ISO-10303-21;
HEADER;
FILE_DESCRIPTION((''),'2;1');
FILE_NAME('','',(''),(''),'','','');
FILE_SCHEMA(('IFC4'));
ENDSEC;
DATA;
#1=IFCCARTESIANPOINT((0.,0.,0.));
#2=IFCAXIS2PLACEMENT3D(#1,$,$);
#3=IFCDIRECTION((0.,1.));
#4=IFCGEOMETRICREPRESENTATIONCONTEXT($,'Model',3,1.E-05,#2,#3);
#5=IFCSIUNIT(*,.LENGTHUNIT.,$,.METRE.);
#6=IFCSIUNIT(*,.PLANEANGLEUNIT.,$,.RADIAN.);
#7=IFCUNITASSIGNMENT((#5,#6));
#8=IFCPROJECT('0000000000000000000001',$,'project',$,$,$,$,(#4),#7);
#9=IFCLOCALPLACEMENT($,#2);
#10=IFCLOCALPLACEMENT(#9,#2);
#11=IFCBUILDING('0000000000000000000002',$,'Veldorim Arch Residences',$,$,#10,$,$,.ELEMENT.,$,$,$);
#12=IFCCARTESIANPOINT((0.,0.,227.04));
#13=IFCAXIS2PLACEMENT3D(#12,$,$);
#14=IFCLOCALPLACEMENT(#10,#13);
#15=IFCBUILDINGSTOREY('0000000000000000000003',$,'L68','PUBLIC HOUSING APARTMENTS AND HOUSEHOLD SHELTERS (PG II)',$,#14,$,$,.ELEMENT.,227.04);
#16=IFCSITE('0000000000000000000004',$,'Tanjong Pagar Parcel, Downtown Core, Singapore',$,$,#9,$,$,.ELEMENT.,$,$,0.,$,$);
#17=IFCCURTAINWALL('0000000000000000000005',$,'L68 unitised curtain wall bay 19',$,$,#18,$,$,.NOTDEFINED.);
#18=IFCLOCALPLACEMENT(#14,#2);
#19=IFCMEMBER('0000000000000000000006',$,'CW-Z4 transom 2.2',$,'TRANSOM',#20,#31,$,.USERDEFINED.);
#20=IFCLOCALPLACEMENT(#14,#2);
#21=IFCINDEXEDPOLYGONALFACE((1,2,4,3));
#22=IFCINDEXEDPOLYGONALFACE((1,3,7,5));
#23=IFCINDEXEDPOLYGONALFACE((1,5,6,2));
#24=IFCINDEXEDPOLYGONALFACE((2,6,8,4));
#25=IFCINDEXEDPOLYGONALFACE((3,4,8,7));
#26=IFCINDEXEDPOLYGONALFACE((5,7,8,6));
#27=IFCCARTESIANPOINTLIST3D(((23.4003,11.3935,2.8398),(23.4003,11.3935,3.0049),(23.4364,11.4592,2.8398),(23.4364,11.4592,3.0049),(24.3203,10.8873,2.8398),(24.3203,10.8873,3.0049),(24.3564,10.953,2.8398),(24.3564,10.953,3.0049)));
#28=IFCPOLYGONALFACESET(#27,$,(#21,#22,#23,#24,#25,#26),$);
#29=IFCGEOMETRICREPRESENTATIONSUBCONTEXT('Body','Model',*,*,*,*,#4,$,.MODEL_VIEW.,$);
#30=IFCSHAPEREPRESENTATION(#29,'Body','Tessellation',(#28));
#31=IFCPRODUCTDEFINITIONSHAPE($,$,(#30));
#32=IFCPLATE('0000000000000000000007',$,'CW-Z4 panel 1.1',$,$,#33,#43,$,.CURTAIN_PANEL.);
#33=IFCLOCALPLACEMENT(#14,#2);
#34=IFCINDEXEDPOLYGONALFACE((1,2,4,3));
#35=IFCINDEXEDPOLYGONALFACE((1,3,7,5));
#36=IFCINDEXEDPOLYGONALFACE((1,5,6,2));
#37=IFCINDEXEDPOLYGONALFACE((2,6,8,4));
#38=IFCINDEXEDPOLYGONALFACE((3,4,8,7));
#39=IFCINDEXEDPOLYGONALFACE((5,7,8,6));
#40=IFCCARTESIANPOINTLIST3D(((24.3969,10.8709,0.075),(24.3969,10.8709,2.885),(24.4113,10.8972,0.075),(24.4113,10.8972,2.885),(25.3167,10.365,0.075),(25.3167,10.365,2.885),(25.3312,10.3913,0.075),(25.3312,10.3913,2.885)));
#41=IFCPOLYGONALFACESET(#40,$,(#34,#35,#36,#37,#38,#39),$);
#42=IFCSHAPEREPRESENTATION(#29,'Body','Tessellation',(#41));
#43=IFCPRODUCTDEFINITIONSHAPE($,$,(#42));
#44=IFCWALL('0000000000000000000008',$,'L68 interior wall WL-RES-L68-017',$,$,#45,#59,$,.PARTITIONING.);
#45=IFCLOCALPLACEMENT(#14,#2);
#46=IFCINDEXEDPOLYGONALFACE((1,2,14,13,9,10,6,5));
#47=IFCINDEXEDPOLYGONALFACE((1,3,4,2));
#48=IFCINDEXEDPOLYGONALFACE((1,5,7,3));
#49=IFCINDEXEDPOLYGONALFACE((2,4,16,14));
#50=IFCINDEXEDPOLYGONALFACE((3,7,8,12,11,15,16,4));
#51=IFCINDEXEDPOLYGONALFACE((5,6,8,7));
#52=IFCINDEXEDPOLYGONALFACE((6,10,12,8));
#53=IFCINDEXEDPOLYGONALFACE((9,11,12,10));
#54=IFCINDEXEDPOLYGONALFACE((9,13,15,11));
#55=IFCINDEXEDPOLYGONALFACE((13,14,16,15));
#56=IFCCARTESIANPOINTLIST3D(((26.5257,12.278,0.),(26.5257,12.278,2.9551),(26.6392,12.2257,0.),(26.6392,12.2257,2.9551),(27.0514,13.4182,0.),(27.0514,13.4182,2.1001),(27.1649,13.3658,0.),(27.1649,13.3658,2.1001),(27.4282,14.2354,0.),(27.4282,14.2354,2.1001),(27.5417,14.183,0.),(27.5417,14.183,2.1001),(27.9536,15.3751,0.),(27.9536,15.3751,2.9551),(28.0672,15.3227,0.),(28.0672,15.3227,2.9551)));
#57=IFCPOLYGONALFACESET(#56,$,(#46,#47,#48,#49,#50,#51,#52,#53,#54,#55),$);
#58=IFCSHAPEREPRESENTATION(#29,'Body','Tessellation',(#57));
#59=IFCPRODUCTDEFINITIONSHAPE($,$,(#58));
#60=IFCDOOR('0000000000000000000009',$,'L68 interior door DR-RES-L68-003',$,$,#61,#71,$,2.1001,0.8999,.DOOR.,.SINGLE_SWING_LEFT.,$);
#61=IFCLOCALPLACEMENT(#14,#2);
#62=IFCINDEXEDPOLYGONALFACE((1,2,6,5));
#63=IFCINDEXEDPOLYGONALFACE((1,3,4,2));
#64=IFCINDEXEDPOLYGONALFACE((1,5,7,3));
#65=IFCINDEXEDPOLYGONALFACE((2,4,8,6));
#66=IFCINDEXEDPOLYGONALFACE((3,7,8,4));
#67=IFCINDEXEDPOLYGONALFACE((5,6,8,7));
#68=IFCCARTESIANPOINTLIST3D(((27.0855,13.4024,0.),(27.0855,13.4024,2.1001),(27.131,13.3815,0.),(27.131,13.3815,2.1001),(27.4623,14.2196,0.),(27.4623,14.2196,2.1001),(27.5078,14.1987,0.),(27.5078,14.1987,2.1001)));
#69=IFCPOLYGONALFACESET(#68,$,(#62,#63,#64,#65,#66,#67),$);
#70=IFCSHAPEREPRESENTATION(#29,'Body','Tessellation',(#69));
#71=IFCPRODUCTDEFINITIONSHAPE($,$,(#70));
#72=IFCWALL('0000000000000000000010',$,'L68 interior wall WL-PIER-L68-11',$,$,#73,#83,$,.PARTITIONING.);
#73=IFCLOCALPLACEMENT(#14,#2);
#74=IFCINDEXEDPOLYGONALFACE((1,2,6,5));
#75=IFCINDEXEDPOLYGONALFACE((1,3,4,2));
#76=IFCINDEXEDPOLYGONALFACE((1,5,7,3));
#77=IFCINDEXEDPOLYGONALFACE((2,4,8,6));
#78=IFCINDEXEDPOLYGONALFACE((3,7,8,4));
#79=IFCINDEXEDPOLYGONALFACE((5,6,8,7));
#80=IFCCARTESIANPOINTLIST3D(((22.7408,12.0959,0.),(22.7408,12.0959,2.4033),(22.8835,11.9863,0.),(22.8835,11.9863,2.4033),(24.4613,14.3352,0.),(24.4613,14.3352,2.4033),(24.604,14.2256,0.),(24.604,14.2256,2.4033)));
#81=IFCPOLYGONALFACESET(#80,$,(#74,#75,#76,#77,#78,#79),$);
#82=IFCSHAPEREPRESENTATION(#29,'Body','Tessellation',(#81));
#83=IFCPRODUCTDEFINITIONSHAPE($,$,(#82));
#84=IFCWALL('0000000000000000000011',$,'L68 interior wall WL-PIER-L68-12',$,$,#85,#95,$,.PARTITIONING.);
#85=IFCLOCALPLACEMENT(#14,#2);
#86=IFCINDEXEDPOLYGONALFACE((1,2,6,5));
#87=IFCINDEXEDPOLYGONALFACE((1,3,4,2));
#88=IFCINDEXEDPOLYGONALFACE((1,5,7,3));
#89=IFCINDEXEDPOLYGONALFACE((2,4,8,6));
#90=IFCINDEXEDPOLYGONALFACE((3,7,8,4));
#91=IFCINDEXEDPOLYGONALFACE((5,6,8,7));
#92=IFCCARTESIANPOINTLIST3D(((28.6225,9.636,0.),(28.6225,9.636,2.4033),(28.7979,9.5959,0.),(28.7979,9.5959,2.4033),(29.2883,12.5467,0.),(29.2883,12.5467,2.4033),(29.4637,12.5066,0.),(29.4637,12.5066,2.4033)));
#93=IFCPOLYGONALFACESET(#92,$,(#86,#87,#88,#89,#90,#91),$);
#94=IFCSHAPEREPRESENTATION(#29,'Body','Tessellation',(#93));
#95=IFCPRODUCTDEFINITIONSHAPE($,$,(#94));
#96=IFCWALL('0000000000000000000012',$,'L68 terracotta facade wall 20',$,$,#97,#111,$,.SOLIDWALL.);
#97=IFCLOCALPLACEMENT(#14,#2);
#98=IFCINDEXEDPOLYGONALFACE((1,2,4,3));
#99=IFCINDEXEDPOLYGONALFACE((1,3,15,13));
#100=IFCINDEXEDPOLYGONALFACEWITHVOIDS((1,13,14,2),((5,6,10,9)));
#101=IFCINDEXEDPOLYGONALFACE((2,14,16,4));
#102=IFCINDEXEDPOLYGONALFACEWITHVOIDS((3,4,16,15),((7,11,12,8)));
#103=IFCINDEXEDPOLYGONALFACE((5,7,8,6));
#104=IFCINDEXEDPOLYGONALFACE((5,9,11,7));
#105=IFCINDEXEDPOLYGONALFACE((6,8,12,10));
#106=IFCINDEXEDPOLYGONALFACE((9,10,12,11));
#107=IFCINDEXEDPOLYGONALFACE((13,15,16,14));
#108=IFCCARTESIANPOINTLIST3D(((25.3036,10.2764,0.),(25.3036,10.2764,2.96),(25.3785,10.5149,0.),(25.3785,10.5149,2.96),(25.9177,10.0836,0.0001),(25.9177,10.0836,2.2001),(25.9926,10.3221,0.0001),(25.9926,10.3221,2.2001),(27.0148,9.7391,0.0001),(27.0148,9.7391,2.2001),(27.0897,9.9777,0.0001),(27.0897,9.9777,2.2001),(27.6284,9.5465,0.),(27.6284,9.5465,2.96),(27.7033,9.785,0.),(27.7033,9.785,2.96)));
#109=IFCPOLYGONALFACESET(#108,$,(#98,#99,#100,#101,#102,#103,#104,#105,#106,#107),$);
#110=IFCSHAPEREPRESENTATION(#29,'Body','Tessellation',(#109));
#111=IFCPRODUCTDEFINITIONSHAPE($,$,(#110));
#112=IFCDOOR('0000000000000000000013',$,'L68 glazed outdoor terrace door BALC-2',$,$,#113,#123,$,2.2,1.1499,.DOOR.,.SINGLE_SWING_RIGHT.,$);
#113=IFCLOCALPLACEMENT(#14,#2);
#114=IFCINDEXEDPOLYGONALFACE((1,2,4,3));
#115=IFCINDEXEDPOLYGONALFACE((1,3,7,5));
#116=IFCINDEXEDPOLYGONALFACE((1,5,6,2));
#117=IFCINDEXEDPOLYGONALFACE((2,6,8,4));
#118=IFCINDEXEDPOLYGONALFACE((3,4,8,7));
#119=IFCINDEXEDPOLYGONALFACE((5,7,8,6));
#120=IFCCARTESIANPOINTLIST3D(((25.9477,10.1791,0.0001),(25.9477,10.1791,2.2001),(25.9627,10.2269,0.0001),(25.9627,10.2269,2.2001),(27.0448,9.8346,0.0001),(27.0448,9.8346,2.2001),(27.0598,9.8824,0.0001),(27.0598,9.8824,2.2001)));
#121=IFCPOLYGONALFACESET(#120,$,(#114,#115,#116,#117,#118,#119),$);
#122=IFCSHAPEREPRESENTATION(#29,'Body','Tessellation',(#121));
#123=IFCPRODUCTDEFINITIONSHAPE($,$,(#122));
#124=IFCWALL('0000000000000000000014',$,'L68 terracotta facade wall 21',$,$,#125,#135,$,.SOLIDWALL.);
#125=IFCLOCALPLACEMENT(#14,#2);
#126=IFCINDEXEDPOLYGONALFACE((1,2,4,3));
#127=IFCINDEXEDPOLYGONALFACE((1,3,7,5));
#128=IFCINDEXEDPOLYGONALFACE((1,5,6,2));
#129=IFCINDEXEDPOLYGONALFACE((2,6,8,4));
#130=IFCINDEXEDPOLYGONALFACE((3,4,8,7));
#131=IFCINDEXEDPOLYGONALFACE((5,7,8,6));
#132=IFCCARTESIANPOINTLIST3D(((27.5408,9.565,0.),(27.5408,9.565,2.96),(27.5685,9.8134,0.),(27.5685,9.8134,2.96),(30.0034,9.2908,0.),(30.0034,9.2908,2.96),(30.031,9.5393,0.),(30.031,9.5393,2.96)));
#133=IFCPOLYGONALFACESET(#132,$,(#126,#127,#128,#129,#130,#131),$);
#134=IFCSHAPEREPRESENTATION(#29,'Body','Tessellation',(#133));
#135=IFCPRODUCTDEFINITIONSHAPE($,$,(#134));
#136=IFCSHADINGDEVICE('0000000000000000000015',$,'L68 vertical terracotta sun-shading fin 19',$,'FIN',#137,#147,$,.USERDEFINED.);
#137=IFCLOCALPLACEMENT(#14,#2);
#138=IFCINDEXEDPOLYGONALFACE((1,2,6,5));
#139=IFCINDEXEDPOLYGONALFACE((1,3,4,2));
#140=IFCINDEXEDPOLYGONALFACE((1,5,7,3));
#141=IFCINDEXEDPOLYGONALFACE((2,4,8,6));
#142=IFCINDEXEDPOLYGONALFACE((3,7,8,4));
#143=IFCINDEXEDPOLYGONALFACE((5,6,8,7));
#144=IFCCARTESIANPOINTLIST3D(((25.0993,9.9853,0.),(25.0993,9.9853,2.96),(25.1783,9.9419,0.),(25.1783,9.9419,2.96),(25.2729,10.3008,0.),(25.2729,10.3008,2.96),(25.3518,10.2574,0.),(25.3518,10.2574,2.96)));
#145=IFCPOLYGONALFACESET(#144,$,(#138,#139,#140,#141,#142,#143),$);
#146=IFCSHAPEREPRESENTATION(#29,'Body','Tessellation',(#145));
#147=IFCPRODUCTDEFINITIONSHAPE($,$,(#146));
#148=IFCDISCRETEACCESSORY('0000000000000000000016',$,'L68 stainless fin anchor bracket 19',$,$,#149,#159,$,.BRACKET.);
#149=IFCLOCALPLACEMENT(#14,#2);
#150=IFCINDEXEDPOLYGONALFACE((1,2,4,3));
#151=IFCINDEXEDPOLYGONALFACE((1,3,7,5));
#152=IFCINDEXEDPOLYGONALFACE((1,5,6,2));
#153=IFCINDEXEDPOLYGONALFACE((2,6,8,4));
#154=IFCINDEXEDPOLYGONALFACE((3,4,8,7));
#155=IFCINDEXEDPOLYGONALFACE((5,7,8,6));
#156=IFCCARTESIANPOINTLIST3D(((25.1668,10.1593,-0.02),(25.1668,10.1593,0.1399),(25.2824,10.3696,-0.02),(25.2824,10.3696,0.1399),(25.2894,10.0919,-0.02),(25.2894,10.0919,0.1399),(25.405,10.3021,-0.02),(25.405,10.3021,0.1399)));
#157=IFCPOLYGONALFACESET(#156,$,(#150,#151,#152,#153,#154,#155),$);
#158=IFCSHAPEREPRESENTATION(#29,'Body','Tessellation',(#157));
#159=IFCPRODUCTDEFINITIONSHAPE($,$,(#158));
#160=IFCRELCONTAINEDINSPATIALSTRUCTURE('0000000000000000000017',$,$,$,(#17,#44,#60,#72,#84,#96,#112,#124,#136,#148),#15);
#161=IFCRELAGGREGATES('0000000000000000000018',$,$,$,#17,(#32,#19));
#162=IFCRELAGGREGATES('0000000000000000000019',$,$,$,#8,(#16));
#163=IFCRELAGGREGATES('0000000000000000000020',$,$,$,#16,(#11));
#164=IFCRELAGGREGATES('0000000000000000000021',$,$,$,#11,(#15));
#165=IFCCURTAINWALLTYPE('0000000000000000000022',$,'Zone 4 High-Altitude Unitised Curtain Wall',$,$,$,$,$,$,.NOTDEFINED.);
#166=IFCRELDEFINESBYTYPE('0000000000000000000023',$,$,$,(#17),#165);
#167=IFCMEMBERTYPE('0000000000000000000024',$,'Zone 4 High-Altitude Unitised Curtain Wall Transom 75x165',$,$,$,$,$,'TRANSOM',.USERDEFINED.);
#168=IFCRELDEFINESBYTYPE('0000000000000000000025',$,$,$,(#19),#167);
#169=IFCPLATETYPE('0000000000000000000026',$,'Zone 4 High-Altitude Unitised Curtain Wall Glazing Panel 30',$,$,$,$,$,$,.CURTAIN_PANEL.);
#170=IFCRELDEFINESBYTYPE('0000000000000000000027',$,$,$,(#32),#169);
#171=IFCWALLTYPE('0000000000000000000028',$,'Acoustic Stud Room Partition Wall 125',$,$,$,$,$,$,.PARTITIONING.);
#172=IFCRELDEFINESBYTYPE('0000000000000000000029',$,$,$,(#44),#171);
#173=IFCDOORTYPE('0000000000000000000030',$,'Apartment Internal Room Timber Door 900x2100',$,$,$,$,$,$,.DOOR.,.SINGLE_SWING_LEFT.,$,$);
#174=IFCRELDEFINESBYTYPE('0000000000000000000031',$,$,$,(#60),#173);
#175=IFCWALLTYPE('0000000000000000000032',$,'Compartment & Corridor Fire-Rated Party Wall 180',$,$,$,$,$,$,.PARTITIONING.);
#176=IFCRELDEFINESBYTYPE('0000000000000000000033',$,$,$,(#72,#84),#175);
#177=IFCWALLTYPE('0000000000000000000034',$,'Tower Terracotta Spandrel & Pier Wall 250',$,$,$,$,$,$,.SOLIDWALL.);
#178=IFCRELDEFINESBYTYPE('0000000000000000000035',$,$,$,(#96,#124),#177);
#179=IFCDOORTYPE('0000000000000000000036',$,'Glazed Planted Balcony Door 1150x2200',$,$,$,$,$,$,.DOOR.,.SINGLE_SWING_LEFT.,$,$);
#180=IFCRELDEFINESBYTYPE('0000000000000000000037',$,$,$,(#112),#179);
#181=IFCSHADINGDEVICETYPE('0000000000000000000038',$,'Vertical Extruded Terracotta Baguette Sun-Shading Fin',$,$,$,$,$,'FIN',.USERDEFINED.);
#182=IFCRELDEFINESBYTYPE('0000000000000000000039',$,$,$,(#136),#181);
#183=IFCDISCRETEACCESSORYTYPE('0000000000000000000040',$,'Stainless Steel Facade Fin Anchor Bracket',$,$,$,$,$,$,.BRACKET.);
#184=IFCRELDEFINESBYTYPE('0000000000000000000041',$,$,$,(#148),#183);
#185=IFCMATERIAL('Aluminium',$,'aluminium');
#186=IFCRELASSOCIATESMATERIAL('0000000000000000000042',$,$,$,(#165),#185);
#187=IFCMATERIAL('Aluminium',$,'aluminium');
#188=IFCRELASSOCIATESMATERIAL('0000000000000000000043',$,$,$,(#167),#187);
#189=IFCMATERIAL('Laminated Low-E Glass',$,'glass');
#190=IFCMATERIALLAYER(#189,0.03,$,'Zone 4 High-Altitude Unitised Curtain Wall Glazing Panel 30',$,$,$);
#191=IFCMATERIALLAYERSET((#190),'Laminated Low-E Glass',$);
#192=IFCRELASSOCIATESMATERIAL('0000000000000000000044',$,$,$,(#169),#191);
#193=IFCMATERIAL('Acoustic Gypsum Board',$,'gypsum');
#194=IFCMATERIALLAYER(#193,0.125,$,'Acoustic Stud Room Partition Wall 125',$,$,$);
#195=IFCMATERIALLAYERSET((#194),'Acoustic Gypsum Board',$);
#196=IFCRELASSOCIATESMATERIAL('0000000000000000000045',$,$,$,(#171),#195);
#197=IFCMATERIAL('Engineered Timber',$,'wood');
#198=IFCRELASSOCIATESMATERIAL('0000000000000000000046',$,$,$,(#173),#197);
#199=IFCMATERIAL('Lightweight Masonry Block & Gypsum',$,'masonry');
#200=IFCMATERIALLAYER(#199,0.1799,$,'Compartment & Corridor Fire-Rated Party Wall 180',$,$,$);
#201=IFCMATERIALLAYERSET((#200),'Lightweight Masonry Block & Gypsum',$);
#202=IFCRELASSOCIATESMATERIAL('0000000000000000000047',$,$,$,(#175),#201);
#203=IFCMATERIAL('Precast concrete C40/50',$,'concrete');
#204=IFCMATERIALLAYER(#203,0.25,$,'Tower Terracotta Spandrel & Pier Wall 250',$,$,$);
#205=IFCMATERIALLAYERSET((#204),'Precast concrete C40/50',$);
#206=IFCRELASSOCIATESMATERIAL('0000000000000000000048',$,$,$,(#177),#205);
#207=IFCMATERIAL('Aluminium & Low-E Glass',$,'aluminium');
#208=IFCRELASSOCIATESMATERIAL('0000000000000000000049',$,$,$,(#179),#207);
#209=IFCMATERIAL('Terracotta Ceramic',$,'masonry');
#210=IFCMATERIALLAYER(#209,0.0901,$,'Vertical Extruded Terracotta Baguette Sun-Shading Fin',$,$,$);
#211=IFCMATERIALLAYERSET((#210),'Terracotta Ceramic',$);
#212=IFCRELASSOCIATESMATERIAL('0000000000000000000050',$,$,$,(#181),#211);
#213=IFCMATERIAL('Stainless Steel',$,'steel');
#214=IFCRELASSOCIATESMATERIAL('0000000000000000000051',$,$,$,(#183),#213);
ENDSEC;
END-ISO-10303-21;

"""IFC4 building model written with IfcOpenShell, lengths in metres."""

from ifc_helpers import new_model, si_unit, direction, frame, frame_2d, origin, origin_2d, place, context, subcontext, project, spatial, rectangle, extrude, material, layer, layer_set, material_profile, profile_set, type_object, element, fill, aggregate, save


model = new_model("IFC4")

# Units and contexts
model_context = context("Model", 3, precision=1e-05, world=origin(), true_north=direction((0.0, 1.0)))
body_context = subcontext(model_context, "Body", "Model", "MODEL_VIEW")
ifc_project = project(units=[si_unit("LENGTHUNIT", "METRE"), si_unit("PLANEANGLEUNIT", "RADIAN")], contexts=[model_context])

# Site, building, storey
site_placement = place(None, origin())
site = spatial("IfcSite", under=ifc_project, at=site_placement, Name="Tanjong Pagar Parcel, Downtown Core, Singapore", CompositionType="ELEMENT", RefElevation=0.0)
building_placement = place(site_placement, origin())
building = spatial("IfcBuilding", under=site, at=building_placement, Name="Veldorim Arch Residences", CompositionType="ELEMENT")
storey_placement = place(building_placement, frame((0.0, 0.0, 227.04)))
storey = spatial("IfcBuildingStorey", under=building, at=storey_placement, Name="L68", Description="PUBLIC HOUSING APARTMENTS AND HOUSEHOLD SHELTERS (PG II)", CompositionType="ELEMENT", Elevation=227.04)

# Curtain wall, member, plate
ifc_material_1 = material(Name="Aluminium", Category="aluminium")
curtain_wall_type = type_object("IfcCurtainWallType", Name="Zone 4 High-Altitude Unitised Curtain Wall", PredefinedType="NOTDEFINED", material=ifc_material_1)
curtain_wall_placement = place(storey_placement, origin())
curtain_wall = element("IfcCurtainWall", 1, at=curtain_wall_placement, inside=storey, type_object=curtain_wall_type, Name="L68 unitised curtain wall bay 19", PredefinedType="NOTDEFINED")
ifc_material_2 = material(Name="Aluminium", Category="aluminium")
ifc_material_profile_1 = material_profile(ifc_material_2, rectangle(XDim=0.075, YDim=0.165, at=origin_2d()), Name="ALU_TRN_75x165")
ifc_profile_set_1 = profile_set([ifc_material_profile_1], Name="Aluminium")
member_type_1 = type_object("IfcMemberType", Name="Zone 4 High-Altitude Unitised Curtain Wall Transom 75x165", ElementType="TRANSOM", PredefinedType="USERDEFINED", material=ifc_profile_set_1)
member_1_placement = place(storey_placement, frame((24.3384, 10.9202, 2.9224), z_axis=(-0.876157, 0.482026, 0.0), x_axis=(-0.482026, -0.876157, 0.0)))
member_1 = element("IfcMember", 2, at=member_1_placement, type_object=member_type_1, Name="CW-Z4 transom 2.2", ObjectType="TRANSOM", PredefinedType="USERDEFINED", context=body_context, shape_type="SweptSolid", body=[
    extrude(rectangle(XDim=0.075, YDim=0.165, at=origin_2d()), origin(), (0.0, 0.0, 1.0), 1.05),
])
ifc_material_3 = material(Name="Laminated Low-E Glass", Category="glass")
ifc_layer_1 = layer(ifc_material_3, 0.03, Name="Zone 4 High-Altitude Unitised Curtain Wall Glazing Panel 30")
ifc_layer_set_1 = layer_set([ifc_layer_1], Name="Laminated Low-E Glass")
plate_type = type_object("IfcPlateType", Name="Zone 4 High-Altitude Unitised Curtain Wall Glazing Panel 30", PredefinedType="CURTAIN_PANEL", material=ifc_layer_set_1)
plate_placement = place(storey_placement, frame((24.864, 10.6311, 0.075), z_axis=(0.0, 0.0, 1.0), x_axis=(-0.876197, 0.481953, 0.0)))
plate = element("IfcPlate", 3, at=plate_placement, type_object=plate_type, Name="CW-Z4 panel 1.1", PredefinedType="CURTAIN_PANEL", context=body_context, shape_type="SweptSolid", body=[
    extrude(rectangle(XDim=1.0498, YDim=0.03, at=origin_2d()), origin(), (0.0, 0.0, 1.0), 2.8101),
])
aggregate(curtain_wall, [plate, member_1])

# Wall, opening, door
ifc_material_4 = material(Name="Acoustic Gypsum Board", Category="gypsum")
ifc_layer_2 = layer(ifc_material_4, 0.125, Name="Acoustic Stud Room Partition Wall 125")
ifc_layer_set_2 = layer_set([ifc_layer_2], Name="Acoustic Gypsum Board")
wall_type_1 = type_object("IfcWallType", Name="Acoustic Stud Room Partition Wall 125", PredefinedType="PARTITIONING", material=ifc_layer_set_2)
wall_1_placement = place(storey_placement, frame((26.5825, 12.252, 0.0), z_axis=(0.0, 0.0, 1.0), x_axis=(0.4187, 0.908125, 0.0)))
wall_1 = element("IfcWall", 4, at=wall_1_placement, inside=storey, type_object=wall_type_1, Name="L68 interior wall WL-RES-L68-017", PredefinedType="PARTITIONING", context=body_context, shape_type="SweptSolid", body=[
    extrude(rectangle(XDim=3.4104, YDim=0.125, at=frame_2d((1.7051, 0.0))), origin(), (0.0, 0.0, 1.0), 2.9551),
])
opening_1_placement = place(wall_1_placement, frame((1.2554, 0.0, 0.0)))
opening_1 = element("IfcOpeningElement", 5, at=opening_1_placement, cuts=wall_1, PredefinedType="OPENING", context=body_context, shape_type="SweptSolid", body=[
    extrude(rectangle(XDim=0.8999, YDim=2.1001, at=frame_2d((0.45, 1.05))), frame((0.0, 0.0725, 0.0), z_axis=(0.0, -1.0, 0.0), x_axis=(1.0, 0.0, 0.0)), (0.0, 0.0, 1.0), 0.145),
])
ifc_material_5 = material(Name="Engineered Timber", Category="wood")
door_type_1 = type_object("IfcDoorType", Name="Apartment Internal Room Timber Door 900x2100", OperationType="SINGLE_SWING_LEFT", PredefinedType="DOOR", material=ifc_material_5)
door_1_placement = place(opening_1_placement, origin())
door_1 = element("IfcDoor", 6, at=door_1_placement, inside=storey, type_object=door_type_1, Name="L68 interior door DR-RES-L68-003", OperationType="SINGLE_SWING_LEFT", OverallHeight=2.1001, OverallWidth=0.8999, PredefinedType="DOOR", context=body_context, shape_type="SweptSolid", body=[
    extrude(rectangle(XDim=0.8999, YDim=2.1001, at=frame_2d((0.45, 1.05))), frame((0.0, 0.0249, 0.0), z_axis=(0.0, -1.0, 0.0), x_axis=(1.0, 0.0, 0.0)), (0.0, 0.0, 1.0), 0.05),
])
fill(opening_1, door_1)

# Walls
ifc_material_6 = material(Name="Lightweight Masonry Block & Gypsum", Category="masonry")
ifc_layer_3 = layer(ifc_material_6, 0.1799, Name="Compartment & Corridor Fire-Rated Party Wall 180")
ifc_layer_set_3 = layer_set([ifc_layer_3], Name="Lightweight Masonry Block & Gypsum")
wall_type_2 = type_object("IfcWallType", Name="Compartment & Corridor Fire-Rated Party Wall 180", PredefinedType="PARTITIONING", material=ifc_layer_set_3)
wall_2_placement = place(storey_placement, frame((24.5327, 14.2805, 0.0), z_axis=(0.0, 0.0, 1.0), x_axis=(-0.609255, -0.792974, 0.0)))
element("IfcWall", 7, at=wall_2_placement, inside=storey, type_object=wall_type_2, Name="L68 interior wall WL-PIER-L68-11", PredefinedType="PARTITIONING", context=body_context, shape_type="SweptSolid", body=[
    extrude(rectangle(XDim=2.824, YDim=0.1799, at=frame_2d((1.4121, 0.0))), origin(), (0.0, 0.0, 1.0), 2.4033),
])
wall_3_placement = place(storey_placement, frame((29.376, 12.5266, 0.0), z_axis=(0.0, 0.0, 1.0), x_axis=(-0.222978, -0.974823, 0.0)))
element("IfcWall", 8, at=wall_3_placement, inside=storey, type_object=wall_type_2, Name="L68 interior wall WL-PIER-L68-12", PredefinedType="PARTITIONING", context=body_context, shape_type="SweptSolid", body=[
    extrude(rectangle(XDim=2.9858, YDim=0.1799, at=frame_2d((1.4929, 0.0))), origin(), (0.0, 0.0, 1.0), 2.4033),
])

# Wall, opening, door
ifc_material_7 = material(Name="Precast concrete C40/50", Category="concrete")
ifc_layer_4 = layer(ifc_material_7, 0.25, Name="Tower Terracotta Spandrel & Pier Wall 250")
ifc_layer_set_4 = layer_set([ifc_layer_4], Name="Precast concrete C40/50")
wall_type_3 = type_object("IfcWallType", Name="Tower Terracotta Spandrel & Pier Wall 250", PredefinedType="SOLIDWALL", material=ifc_layer_set_4)
wall_4_placement = place(storey_placement, frame((27.6658, 9.6658, 0.0), z_axis=(0.0, 0.0, 1.0), x_axis=(-0.954078, 0.299558, 0.0)))
wall_4 = element("IfcWall", 9, at=wall_4_placement, inside=storey, type_object=wall_type_3, Name="L68 terracotta facade wall 20", PredefinedType="SOLIDWALL", context=body_context, shape_type="SweptSolid", body=[
    extrude(rectangle(XDim=2.4368, YDim=0.25, at=frame_2d((1.2183, 0.0))), origin(), (0.0, 0.0, 1.0), 2.96),
])
opening_2_placement = place(wall_4_placement, frame((0.6431, 0.0, 0.0)))
opening_2 = element("IfcOpeningElement", 10, at=opening_2_placement, cuts=wall_4, PredefinedType="OPENING", context=body_context, shape_type="SweptSolid", body=[
    extrude(rectangle(XDim=1.1499, YDim=2.2, at=frame_2d((0.575, 1.1001))), frame((0.0, 0.135, 0.0), z_axis=(0.0, -1.0, 0.0), x_axis=(1.0, 0.0, 0.0)), (0.0, 0.0, 1.0), 0.27),
])
ifc_material_8 = material(Name="Aluminium & Low-E Glass", Category="aluminium")
door_type_2 = type_object("IfcDoorType", Name="Glazed Planted Balcony Door 1150x2200", OperationType="SINGLE_SWING_LEFT", PredefinedType="DOOR", material=ifc_material_8)
door_2_placement = place(opening_2_placement, origin())
door_2 = element("IfcDoor", 11, at=door_2_placement, inside=storey, type_object=door_type_2, Name="L68 glazed outdoor terrace door BALC-2", OperationType="SINGLE_SWING_RIGHT", OverallHeight=2.2, OverallWidth=1.1499, PredefinedType="DOOR", context=body_context, shape_type="SweptSolid", body=[
    extrude(rectangle(XDim=1.1499, YDim=2.2, at=frame_2d((0.575, 1.1001))), frame((0.0, 0.0249, 0.0), z_axis=(0.0, -1.0, 0.0), x_axis=(1.0, 0.0, 0.0)), (0.0, 0.0, 1.0), 0.05),
])
fill(opening_2, door_2)

# Wall
wall_5_placement = place(storey_placement, frame((30.0171, 9.415, 0.0), z_axis=(0.0, 0.0, 1.0), x_axis=(-0.99386, 0.110648, 0.0)))
element("IfcWall", 12, at=wall_5_placement, inside=storey, type_object=wall_type_3, Name="L68 terracotta facade wall 21", PredefinedType="SOLIDWALL", context=body_context, shape_type="SweptSolid", body=[
    extrude(rectangle(XDim=2.4778, YDim=0.25, at=frame_2d((1.2388, 0.0))), origin(), (0.0, 0.0, 1.0), 2.96),
])

# Shading device
ifc_material_9 = material(Name="Terracotta Ceramic", Category="masonry")
ifc_layer_5 = layer(ifc_material_9, 0.0901, Name="Vertical Extruded Terracotta Baguette Sun-Shading Fin")
ifc_layer_set_5 = layer_set([ifc_layer_5], Name="Terracotta Ceramic")
shading_device_type = type_object("IfcShadingDeviceType", Name="Vertical Extruded Terracotta Baguette Sun-Shading Fin", ElementType="FIN", PredefinedType="USERDEFINED", material=ifc_layer_set_5)
shading_device_placement = place(storey_placement, frame((25.2256, 10.1213, 0.0), z_axis=(0.0, 0.0, 1.0), x_axis=(-0.876223, 0.481907, 0.0)))
element("IfcShadingDevice", 13, at=shading_device_placement, inside=storey, type_object=shading_device_type, Name="L68 vertical terracotta sun-shading fin 19", ObjectType="FIN", PredefinedType="USERDEFINED", context=body_context, shape_type="SweptSolid", body=[
    extrude(rectangle(XDim=0.0901, YDim=0.3601, at=origin_2d()), origin(), (0.0, 0.0, 1.0), 2.96),
])

# Discrete accessory
ifc_material_10 = material(Name="Stainless Steel", Category="steel")
discrete_accessory_type = type_object("IfcDiscreteAccessoryType", Name="Stainless Steel Facade Fin Anchor Bracket", PredefinedType="BRACKET", material=ifc_material_10)
discrete_accessory_placement = place(storey_placement, frame((25.2859, 10.2307, -0.02), z_axis=(0.0, 0.0, 1.0), x_axis=(-0.876223, 0.481907, 0.0)))
element("IfcDiscreteAccessory", 14, at=discrete_accessory_placement, inside=storey, type_object=discrete_accessory_type, Name="L68 stainless fin anchor bracket 19", PredefinedType="BRACKET", context=body_context, shape_type="SweptSolid", body=[
    extrude(rectangle(XDim=0.1399, YDim=0.24, at=origin_2d()), origin(), (0.0, 0.0, 1.0), 0.1599),
])

save(model, "model.ifc")
